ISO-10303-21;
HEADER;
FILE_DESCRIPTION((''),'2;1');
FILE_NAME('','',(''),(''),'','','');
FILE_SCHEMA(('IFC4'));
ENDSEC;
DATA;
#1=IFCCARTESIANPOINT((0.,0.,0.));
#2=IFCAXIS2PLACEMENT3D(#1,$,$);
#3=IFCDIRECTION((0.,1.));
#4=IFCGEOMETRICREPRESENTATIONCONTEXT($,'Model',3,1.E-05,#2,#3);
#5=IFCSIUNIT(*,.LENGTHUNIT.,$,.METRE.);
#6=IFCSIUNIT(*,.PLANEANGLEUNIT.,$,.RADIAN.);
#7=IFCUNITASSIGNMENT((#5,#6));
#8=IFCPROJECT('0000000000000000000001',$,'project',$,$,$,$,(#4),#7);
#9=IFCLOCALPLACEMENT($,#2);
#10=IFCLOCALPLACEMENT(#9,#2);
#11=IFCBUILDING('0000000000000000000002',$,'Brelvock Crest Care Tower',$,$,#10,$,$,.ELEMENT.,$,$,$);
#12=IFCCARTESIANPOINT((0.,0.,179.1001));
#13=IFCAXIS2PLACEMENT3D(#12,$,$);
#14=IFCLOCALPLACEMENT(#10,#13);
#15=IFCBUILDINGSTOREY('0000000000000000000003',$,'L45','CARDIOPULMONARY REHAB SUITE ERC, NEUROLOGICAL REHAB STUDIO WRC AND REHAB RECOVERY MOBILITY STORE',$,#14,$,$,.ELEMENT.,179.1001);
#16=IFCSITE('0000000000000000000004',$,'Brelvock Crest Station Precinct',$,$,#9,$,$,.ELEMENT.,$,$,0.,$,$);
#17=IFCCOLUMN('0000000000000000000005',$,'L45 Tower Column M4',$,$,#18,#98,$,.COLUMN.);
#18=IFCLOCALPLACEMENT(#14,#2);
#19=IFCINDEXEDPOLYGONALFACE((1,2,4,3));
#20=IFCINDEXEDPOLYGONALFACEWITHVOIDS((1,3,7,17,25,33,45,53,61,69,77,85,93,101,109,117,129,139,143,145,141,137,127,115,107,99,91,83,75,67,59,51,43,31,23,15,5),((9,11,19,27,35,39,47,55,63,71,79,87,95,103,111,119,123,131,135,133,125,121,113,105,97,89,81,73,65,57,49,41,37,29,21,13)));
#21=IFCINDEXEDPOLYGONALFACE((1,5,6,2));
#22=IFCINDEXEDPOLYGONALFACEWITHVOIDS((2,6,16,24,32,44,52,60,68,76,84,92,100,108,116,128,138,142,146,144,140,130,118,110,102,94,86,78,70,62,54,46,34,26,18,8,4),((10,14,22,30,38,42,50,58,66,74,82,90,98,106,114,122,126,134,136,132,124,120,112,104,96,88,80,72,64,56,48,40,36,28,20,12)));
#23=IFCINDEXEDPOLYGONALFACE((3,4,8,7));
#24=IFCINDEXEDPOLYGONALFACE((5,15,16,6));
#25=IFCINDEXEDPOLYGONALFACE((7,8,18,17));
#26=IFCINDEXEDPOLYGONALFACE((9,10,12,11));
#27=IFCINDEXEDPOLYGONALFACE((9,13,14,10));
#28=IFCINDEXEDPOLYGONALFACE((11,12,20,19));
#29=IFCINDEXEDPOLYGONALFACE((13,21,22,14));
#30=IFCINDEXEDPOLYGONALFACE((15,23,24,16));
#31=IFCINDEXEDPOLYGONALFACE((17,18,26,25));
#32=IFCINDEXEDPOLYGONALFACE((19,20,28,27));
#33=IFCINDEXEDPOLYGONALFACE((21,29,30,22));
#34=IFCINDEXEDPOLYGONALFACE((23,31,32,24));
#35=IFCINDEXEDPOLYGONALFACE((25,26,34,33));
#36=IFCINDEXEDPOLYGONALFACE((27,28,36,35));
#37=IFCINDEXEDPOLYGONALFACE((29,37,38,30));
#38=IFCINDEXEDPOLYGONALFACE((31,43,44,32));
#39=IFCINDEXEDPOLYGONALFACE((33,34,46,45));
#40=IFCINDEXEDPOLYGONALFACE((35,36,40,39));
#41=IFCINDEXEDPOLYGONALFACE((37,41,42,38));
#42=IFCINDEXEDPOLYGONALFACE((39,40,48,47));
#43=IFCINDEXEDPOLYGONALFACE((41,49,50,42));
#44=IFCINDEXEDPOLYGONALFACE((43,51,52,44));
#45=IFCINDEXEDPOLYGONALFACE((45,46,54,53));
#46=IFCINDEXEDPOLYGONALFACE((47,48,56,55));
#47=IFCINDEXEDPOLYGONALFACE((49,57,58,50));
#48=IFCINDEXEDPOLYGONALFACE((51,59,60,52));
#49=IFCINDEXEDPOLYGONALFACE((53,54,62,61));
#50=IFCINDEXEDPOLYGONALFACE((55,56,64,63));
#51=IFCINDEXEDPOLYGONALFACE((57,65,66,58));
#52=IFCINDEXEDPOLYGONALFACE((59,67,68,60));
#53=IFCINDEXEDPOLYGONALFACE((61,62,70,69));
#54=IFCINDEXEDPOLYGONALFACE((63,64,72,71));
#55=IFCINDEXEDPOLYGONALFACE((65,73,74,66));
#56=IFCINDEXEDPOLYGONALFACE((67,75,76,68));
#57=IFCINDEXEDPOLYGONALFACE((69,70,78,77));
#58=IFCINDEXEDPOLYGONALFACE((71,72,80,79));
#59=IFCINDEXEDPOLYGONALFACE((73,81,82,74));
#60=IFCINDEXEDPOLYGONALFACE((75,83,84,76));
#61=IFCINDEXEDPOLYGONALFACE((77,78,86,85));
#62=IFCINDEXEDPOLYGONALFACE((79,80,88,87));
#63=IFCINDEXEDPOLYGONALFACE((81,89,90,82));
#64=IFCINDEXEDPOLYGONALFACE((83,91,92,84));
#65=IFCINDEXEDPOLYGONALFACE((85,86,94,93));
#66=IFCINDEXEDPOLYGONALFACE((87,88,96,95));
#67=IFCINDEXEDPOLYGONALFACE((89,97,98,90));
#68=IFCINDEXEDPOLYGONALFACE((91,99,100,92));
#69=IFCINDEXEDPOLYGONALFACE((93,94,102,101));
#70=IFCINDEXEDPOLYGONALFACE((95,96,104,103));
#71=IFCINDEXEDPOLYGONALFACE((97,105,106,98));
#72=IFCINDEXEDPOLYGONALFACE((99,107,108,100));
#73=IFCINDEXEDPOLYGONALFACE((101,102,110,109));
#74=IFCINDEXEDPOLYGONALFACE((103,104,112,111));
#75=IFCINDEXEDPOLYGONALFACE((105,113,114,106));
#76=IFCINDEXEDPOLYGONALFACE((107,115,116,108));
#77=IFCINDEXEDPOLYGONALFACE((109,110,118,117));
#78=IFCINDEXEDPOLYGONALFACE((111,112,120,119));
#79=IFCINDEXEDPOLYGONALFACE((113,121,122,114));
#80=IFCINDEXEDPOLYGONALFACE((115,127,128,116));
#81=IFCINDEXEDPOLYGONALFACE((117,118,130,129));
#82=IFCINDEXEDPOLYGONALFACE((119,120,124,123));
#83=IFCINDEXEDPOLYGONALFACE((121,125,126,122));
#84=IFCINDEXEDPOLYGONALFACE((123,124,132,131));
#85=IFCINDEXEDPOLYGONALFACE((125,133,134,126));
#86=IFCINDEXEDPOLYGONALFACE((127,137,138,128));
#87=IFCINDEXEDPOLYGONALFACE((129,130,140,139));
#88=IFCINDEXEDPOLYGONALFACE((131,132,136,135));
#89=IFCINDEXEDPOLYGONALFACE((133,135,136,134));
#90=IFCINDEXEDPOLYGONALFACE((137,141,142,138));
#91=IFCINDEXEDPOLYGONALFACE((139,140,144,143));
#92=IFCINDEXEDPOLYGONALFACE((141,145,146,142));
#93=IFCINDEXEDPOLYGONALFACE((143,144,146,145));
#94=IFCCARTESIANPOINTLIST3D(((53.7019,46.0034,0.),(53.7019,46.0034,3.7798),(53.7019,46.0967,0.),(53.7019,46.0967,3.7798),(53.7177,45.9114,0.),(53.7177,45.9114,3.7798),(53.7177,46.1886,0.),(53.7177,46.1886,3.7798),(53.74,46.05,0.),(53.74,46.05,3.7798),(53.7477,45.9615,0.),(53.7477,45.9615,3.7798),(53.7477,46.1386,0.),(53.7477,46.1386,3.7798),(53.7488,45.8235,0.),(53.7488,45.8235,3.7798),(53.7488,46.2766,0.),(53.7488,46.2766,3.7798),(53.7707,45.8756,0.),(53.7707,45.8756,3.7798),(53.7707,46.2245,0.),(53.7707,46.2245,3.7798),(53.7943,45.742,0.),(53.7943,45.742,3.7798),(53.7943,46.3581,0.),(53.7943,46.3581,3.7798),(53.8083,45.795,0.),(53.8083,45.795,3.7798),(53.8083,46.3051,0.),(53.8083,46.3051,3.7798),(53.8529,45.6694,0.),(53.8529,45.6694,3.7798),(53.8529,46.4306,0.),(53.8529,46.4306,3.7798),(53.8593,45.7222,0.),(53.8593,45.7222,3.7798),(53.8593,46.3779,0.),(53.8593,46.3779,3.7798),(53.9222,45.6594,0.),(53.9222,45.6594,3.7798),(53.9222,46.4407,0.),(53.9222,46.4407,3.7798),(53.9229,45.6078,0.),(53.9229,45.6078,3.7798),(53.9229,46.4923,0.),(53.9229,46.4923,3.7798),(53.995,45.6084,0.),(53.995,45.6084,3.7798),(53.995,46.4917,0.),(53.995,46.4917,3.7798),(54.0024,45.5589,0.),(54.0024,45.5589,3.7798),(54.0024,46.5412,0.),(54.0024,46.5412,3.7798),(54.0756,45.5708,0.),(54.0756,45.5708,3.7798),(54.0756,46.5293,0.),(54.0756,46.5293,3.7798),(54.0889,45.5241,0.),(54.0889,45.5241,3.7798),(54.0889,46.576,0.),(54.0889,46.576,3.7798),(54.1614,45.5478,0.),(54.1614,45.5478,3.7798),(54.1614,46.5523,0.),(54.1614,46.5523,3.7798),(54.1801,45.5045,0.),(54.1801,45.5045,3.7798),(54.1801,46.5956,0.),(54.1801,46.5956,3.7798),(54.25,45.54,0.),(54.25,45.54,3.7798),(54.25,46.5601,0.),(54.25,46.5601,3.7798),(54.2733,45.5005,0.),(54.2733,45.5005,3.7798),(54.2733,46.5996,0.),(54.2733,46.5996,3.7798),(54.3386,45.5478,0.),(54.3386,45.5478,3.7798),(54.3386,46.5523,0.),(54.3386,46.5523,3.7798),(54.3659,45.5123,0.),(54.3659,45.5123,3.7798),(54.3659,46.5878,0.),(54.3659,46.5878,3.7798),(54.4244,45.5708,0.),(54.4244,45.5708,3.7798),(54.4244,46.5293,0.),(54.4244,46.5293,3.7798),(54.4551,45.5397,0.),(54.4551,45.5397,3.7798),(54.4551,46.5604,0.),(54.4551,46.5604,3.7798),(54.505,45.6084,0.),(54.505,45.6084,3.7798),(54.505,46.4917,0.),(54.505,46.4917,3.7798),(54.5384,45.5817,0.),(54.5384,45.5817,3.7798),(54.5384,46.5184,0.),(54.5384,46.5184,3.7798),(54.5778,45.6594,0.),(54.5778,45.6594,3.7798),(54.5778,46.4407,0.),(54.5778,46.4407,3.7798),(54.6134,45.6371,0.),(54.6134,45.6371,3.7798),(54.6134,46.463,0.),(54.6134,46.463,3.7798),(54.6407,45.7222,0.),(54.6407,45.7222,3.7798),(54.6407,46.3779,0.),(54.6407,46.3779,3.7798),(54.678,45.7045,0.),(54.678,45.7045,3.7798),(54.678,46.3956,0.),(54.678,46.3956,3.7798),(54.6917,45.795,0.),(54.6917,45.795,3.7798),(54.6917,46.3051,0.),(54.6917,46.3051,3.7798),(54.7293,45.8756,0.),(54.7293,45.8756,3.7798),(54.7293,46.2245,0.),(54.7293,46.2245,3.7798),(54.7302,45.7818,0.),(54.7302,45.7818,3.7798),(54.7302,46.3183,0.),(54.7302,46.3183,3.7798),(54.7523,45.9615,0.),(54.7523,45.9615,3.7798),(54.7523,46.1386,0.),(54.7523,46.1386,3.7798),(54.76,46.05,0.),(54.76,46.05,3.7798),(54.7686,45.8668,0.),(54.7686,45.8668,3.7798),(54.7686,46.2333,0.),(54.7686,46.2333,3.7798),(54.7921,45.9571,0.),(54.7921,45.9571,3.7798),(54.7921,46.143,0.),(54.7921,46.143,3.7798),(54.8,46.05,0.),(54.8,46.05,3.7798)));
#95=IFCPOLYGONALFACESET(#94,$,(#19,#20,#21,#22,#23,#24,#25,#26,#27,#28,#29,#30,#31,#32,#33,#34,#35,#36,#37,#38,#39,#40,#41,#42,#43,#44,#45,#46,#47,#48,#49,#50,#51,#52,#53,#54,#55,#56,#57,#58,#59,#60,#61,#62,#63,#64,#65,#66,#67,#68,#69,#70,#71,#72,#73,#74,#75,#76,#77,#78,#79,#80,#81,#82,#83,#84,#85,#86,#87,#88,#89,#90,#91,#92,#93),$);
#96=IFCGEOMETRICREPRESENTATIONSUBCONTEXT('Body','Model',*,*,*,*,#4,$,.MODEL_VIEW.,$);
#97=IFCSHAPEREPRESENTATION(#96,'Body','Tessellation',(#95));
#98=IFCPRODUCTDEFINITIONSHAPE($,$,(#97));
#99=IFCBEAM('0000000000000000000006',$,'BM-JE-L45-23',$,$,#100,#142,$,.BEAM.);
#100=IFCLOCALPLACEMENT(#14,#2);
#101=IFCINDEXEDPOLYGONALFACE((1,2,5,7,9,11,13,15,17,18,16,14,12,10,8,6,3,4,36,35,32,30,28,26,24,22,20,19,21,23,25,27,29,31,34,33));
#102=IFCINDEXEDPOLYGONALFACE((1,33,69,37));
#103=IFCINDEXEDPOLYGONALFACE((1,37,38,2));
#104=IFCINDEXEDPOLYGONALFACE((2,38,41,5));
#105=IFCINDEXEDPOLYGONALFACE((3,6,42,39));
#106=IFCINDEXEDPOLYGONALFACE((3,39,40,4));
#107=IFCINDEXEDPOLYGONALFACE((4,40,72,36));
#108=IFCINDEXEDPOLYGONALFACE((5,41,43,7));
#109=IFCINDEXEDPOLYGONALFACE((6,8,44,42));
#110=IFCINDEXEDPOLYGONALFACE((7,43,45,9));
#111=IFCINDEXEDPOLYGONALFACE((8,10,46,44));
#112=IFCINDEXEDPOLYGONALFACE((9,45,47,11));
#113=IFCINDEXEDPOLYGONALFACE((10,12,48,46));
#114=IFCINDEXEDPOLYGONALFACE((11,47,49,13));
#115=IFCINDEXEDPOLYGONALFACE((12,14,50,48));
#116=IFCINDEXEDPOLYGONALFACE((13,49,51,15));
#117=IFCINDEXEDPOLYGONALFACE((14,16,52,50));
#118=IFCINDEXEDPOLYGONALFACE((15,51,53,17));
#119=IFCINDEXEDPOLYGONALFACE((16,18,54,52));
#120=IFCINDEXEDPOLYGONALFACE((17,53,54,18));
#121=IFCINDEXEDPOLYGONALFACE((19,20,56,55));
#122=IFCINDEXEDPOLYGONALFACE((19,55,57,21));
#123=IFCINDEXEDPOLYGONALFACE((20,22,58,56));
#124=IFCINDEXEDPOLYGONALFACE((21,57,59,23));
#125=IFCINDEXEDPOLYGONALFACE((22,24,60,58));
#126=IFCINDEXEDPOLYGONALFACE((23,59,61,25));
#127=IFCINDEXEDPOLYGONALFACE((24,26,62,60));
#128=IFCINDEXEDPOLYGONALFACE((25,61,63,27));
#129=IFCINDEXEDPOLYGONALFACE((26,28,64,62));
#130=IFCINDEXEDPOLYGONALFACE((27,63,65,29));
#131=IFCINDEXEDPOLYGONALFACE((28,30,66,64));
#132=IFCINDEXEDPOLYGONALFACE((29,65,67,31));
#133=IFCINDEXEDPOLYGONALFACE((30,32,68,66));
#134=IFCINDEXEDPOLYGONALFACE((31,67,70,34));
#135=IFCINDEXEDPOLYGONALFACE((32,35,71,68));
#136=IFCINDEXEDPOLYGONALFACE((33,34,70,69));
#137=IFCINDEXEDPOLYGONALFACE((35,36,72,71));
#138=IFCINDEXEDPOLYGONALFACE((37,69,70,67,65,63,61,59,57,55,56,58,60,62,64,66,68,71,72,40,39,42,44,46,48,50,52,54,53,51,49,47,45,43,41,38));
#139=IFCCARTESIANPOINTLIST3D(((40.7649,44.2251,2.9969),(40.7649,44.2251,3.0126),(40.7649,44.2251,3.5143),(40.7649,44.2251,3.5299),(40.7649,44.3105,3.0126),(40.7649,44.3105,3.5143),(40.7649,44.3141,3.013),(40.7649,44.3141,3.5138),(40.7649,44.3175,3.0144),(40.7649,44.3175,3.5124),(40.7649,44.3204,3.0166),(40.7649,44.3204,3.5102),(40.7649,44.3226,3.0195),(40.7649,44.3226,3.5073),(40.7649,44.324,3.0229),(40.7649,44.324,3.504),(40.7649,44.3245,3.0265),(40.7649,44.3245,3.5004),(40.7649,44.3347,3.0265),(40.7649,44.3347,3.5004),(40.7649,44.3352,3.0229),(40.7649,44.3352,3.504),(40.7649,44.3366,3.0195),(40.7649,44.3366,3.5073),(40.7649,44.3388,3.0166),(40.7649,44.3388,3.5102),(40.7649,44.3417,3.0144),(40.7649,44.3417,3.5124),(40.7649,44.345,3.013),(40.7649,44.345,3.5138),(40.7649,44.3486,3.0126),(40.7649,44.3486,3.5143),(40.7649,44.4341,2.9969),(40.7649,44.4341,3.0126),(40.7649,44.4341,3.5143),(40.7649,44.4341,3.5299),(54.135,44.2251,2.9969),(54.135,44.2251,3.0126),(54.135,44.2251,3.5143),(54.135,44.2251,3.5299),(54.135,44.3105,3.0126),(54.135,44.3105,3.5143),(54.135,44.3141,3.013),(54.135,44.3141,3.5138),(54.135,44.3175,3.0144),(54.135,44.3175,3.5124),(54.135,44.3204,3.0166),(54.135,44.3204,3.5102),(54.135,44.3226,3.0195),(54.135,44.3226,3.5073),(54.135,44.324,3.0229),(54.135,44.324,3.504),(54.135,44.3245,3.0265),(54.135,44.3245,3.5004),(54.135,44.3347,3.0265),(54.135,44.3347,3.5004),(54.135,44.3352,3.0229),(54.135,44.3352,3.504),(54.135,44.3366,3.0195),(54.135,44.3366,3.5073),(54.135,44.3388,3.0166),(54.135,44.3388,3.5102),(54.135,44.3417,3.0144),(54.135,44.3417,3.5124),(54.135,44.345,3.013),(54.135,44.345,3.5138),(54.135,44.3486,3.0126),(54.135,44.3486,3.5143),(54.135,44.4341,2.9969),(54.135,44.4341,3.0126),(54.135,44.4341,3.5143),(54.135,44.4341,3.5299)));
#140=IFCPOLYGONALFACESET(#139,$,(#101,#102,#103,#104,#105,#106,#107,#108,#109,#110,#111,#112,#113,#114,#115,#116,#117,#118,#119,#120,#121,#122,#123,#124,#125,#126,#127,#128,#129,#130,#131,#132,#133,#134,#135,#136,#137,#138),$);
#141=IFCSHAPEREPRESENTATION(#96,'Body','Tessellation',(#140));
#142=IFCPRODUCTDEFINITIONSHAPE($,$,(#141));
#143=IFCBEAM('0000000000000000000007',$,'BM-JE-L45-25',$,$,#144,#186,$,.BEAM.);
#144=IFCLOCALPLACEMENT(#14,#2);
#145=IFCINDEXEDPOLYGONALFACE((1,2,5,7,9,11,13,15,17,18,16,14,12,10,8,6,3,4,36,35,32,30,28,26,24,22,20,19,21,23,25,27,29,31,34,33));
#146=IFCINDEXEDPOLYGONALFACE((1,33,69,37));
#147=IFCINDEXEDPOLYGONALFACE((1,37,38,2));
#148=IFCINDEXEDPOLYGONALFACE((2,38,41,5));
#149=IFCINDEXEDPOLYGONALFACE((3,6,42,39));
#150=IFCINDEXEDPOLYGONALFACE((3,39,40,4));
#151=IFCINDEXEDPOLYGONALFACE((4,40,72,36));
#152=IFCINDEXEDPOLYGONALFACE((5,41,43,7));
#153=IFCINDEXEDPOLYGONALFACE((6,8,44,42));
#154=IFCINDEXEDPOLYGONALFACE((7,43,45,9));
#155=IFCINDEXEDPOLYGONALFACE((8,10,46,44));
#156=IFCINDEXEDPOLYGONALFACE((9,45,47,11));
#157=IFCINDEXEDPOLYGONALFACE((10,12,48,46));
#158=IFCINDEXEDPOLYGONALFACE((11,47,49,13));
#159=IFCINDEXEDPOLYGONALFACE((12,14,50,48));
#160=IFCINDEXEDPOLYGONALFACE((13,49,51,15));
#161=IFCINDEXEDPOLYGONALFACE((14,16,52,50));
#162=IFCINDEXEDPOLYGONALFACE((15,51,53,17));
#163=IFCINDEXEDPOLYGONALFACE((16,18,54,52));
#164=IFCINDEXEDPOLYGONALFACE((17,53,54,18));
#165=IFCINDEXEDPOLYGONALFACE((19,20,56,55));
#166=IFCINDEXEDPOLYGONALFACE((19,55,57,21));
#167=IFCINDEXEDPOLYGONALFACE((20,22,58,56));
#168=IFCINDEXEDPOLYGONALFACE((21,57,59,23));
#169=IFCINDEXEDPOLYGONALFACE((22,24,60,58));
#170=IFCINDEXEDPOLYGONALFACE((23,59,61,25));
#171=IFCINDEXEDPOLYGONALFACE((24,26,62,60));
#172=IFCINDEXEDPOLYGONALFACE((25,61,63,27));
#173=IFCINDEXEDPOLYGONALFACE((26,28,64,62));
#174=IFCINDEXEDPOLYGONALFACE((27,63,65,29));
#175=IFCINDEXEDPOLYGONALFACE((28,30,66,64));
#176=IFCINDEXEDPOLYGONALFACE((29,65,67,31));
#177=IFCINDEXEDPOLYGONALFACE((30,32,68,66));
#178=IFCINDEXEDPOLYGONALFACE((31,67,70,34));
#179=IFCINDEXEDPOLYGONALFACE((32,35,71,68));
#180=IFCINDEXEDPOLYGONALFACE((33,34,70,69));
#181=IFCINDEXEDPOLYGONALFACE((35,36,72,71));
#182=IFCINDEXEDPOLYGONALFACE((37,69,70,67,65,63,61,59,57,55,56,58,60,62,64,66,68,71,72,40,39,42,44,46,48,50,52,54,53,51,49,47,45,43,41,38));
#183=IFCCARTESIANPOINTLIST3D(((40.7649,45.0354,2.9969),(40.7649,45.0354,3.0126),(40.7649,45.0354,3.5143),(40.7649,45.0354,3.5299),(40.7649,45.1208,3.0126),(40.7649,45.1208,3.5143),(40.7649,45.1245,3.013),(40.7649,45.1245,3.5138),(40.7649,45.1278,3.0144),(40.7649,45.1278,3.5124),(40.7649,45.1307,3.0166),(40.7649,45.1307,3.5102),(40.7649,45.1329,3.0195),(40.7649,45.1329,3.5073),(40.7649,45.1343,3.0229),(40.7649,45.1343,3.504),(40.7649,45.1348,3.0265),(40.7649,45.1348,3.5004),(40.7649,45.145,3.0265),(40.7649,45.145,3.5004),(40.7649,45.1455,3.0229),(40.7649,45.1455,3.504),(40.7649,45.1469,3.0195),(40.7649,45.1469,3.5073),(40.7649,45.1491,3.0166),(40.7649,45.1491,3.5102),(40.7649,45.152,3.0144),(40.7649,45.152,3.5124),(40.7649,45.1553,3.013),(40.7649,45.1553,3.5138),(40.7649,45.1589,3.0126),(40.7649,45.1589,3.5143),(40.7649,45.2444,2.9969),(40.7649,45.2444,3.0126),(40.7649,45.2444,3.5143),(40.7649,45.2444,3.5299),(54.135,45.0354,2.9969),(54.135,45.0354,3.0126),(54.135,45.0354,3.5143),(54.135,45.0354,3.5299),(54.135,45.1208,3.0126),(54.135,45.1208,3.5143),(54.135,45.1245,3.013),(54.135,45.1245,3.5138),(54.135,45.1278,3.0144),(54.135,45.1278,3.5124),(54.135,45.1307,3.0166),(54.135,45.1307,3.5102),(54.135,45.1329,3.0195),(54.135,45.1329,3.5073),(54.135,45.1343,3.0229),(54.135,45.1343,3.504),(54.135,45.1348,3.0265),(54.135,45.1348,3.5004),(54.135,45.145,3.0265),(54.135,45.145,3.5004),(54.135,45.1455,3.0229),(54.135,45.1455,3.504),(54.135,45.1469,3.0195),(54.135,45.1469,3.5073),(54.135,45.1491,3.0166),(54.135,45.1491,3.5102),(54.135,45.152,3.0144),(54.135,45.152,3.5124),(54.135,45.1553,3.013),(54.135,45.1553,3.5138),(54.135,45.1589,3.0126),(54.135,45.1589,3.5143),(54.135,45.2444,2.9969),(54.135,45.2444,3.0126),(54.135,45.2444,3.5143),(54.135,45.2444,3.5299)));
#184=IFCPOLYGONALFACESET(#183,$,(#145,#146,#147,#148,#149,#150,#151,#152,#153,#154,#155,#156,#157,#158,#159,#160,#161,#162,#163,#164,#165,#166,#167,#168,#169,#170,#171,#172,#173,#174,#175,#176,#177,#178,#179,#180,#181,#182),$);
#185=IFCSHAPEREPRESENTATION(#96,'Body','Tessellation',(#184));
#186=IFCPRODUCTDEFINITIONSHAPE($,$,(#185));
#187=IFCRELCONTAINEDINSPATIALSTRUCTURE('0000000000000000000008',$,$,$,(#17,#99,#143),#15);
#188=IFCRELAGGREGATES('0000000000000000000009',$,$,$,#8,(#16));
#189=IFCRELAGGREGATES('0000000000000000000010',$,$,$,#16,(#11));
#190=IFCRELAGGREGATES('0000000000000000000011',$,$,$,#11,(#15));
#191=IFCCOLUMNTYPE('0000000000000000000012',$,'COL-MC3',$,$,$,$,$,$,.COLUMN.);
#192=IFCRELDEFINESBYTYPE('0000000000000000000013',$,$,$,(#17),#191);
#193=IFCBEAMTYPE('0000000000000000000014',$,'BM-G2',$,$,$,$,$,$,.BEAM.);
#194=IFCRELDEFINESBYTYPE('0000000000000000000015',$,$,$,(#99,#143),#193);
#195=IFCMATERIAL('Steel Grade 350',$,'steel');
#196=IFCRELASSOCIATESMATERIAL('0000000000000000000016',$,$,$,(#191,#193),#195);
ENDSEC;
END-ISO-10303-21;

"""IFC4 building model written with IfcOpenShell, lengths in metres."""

from ifc_helpers import new_model, si_unit, direction, frame, origin, origin_2d, place, context, subcontext, project, spatial, hollow_circle, i_section, extrude, source, transform, mapped, material, material_profile, profile_set, type_object, element, save


model = new_model("IFC4")

# Units and contexts
model_context = context("Model", 3, precision=1e-05, world=origin(), true_north=direction((0.0, 1.0)))
body_context = subcontext(model_context, "Body", "Model", "MODEL_VIEW")
ifc_project = project(units=[si_unit("LENGTHUNIT", "METRE"), si_unit("PLANEANGLEUNIT", "RADIAN")], contexts=[model_context])

# Site, building, storey
site_placement = place(None, origin())
site = spatial("IfcSite", under=ifc_project, at=site_placement, Name="Brelvock Crest Station Precinct", CompositionType="ELEMENT", RefElevation=0.0)
building_placement = place(site_placement, origin())
building = spatial("IfcBuilding", under=site, at=building_placement, Name="Brelvock Crest Care Tower", CompositionType="ELEMENT")
storey_placement = place(building_placement, frame((0.0, 0.0, 179.1001)))
storey = spatial("IfcBuildingStorey", under=building, at=storey_placement, Name="L45", Description="CARDIOPULMONARY REHAB SUITE ERC, NEUROLOGICAL REHAB STUDIO WRC AND REHAB RECOVERY MOBILITY STORE", CompositionType="ELEMENT", Elevation=179.1001)

# Column
ifc_material_1 = material(Name="Steel Grade 350", Category="steel")
ifc_material_profile_1 = material_profile(ifc_material_1, hollow_circle(Radius=0.55, WallThickness=0.04, at=origin_2d()), Name="CFT1100x40")
ifc_profile_set_1 = profile_set([ifc_material_profile_1], Name="Steel Grade 350")
column_type = type_object("IfcColumnType", Name="COL-MC3", PredefinedType="COLUMN", material=ifc_profile_set_1)
shared_shape_1 = source(origin(), body_context, "Body", "SweptSolid", [
    extrude(hollow_circle(Radius=0.55, WallThickness=0.04, at=origin_2d()), origin(), (0.0, 0.0, 1.0), 3.7798),
])
column_placement = place(storey_placement, frame((54.25, 46.05, 0.0), z_axis=(0.0, 0.0, 1.0), x_axis=(1.0, 0.0, 0.0)))
element("IfcColumn", 1, at=column_placement, inside=storey, type_object=column_type, Name="L45 Tower Column M4", PredefinedType="COLUMN", context=body_context, shape_type="MappedRepresentation", body=[
    mapped(shared_shape_1, transform((0.0, 0.0, 0.0), x_axis=(1.0, 0.0, 0.0), y_axis=(0.0, 1.0, 0.0), z_axis=(0.0, 0.0, 1.0), scale=1.0)),
])

# Beams
ifc_material_profile_2 = material_profile(ifc_material_1, i_section(OverallWidth=0.209, OverallDepth=0.533, WebThickness=0.0103, FlangeThickness=0.0156, FilletRadius=0.0139, at=origin_2d()), Name="530UB92.4")
ifc_profile_set_2 = profile_set([ifc_material_profile_2], Name="Steel Grade 350")
beam_type_1 = type_object("IfcBeamType", Name="BM-G2", PredefinedType="BEAM", material=ifc_profile_set_2)
shared_shape_2 = source(origin(), body_context, "Body", "SweptSolid", [
    extrude(i_section(OverallWidth=0.209, OverallDepth=0.533, WebThickness=0.0103, FlangeThickness=0.0156, FilletRadius=0.0139, at=origin_2d()), origin(), (0.0, 0.0, 1.0), 13.3701),
])
for number, where, z_axis, x_axis, name in (
    (2, (40.7649, 44.3296, 3.2634), (1.0, 0.0, 0.0), (0.0, 1.0, 0.0), "BM-JE-L45-23"),
    (3, (40.7649, 45.1399, 3.2634), (1.0, 0.0, 0.0), (0.0, 1.0, 0.0), "BM-JE-L45-25"),
):
    element("IfcBeam", number, at=place(storey_placement, frame(where, z_axis=z_axis, x_axis=x_axis)), inside=storey, type_object=beam_type_1, Name=name, PredefinedType="BEAM", context=body_context, shape_type="MappedRepresentation", body=[
        mapped(shared_shape_2, transform((0.0, 0.0, 0.0), x_axis=(1.0, 0.0, 0.0), y_axis=(0.0, 1.0, 0.0), z_axis=(0.0, 0.0, 1.0), scale=1.0)),
    ])

save(model, "model.ifc")
